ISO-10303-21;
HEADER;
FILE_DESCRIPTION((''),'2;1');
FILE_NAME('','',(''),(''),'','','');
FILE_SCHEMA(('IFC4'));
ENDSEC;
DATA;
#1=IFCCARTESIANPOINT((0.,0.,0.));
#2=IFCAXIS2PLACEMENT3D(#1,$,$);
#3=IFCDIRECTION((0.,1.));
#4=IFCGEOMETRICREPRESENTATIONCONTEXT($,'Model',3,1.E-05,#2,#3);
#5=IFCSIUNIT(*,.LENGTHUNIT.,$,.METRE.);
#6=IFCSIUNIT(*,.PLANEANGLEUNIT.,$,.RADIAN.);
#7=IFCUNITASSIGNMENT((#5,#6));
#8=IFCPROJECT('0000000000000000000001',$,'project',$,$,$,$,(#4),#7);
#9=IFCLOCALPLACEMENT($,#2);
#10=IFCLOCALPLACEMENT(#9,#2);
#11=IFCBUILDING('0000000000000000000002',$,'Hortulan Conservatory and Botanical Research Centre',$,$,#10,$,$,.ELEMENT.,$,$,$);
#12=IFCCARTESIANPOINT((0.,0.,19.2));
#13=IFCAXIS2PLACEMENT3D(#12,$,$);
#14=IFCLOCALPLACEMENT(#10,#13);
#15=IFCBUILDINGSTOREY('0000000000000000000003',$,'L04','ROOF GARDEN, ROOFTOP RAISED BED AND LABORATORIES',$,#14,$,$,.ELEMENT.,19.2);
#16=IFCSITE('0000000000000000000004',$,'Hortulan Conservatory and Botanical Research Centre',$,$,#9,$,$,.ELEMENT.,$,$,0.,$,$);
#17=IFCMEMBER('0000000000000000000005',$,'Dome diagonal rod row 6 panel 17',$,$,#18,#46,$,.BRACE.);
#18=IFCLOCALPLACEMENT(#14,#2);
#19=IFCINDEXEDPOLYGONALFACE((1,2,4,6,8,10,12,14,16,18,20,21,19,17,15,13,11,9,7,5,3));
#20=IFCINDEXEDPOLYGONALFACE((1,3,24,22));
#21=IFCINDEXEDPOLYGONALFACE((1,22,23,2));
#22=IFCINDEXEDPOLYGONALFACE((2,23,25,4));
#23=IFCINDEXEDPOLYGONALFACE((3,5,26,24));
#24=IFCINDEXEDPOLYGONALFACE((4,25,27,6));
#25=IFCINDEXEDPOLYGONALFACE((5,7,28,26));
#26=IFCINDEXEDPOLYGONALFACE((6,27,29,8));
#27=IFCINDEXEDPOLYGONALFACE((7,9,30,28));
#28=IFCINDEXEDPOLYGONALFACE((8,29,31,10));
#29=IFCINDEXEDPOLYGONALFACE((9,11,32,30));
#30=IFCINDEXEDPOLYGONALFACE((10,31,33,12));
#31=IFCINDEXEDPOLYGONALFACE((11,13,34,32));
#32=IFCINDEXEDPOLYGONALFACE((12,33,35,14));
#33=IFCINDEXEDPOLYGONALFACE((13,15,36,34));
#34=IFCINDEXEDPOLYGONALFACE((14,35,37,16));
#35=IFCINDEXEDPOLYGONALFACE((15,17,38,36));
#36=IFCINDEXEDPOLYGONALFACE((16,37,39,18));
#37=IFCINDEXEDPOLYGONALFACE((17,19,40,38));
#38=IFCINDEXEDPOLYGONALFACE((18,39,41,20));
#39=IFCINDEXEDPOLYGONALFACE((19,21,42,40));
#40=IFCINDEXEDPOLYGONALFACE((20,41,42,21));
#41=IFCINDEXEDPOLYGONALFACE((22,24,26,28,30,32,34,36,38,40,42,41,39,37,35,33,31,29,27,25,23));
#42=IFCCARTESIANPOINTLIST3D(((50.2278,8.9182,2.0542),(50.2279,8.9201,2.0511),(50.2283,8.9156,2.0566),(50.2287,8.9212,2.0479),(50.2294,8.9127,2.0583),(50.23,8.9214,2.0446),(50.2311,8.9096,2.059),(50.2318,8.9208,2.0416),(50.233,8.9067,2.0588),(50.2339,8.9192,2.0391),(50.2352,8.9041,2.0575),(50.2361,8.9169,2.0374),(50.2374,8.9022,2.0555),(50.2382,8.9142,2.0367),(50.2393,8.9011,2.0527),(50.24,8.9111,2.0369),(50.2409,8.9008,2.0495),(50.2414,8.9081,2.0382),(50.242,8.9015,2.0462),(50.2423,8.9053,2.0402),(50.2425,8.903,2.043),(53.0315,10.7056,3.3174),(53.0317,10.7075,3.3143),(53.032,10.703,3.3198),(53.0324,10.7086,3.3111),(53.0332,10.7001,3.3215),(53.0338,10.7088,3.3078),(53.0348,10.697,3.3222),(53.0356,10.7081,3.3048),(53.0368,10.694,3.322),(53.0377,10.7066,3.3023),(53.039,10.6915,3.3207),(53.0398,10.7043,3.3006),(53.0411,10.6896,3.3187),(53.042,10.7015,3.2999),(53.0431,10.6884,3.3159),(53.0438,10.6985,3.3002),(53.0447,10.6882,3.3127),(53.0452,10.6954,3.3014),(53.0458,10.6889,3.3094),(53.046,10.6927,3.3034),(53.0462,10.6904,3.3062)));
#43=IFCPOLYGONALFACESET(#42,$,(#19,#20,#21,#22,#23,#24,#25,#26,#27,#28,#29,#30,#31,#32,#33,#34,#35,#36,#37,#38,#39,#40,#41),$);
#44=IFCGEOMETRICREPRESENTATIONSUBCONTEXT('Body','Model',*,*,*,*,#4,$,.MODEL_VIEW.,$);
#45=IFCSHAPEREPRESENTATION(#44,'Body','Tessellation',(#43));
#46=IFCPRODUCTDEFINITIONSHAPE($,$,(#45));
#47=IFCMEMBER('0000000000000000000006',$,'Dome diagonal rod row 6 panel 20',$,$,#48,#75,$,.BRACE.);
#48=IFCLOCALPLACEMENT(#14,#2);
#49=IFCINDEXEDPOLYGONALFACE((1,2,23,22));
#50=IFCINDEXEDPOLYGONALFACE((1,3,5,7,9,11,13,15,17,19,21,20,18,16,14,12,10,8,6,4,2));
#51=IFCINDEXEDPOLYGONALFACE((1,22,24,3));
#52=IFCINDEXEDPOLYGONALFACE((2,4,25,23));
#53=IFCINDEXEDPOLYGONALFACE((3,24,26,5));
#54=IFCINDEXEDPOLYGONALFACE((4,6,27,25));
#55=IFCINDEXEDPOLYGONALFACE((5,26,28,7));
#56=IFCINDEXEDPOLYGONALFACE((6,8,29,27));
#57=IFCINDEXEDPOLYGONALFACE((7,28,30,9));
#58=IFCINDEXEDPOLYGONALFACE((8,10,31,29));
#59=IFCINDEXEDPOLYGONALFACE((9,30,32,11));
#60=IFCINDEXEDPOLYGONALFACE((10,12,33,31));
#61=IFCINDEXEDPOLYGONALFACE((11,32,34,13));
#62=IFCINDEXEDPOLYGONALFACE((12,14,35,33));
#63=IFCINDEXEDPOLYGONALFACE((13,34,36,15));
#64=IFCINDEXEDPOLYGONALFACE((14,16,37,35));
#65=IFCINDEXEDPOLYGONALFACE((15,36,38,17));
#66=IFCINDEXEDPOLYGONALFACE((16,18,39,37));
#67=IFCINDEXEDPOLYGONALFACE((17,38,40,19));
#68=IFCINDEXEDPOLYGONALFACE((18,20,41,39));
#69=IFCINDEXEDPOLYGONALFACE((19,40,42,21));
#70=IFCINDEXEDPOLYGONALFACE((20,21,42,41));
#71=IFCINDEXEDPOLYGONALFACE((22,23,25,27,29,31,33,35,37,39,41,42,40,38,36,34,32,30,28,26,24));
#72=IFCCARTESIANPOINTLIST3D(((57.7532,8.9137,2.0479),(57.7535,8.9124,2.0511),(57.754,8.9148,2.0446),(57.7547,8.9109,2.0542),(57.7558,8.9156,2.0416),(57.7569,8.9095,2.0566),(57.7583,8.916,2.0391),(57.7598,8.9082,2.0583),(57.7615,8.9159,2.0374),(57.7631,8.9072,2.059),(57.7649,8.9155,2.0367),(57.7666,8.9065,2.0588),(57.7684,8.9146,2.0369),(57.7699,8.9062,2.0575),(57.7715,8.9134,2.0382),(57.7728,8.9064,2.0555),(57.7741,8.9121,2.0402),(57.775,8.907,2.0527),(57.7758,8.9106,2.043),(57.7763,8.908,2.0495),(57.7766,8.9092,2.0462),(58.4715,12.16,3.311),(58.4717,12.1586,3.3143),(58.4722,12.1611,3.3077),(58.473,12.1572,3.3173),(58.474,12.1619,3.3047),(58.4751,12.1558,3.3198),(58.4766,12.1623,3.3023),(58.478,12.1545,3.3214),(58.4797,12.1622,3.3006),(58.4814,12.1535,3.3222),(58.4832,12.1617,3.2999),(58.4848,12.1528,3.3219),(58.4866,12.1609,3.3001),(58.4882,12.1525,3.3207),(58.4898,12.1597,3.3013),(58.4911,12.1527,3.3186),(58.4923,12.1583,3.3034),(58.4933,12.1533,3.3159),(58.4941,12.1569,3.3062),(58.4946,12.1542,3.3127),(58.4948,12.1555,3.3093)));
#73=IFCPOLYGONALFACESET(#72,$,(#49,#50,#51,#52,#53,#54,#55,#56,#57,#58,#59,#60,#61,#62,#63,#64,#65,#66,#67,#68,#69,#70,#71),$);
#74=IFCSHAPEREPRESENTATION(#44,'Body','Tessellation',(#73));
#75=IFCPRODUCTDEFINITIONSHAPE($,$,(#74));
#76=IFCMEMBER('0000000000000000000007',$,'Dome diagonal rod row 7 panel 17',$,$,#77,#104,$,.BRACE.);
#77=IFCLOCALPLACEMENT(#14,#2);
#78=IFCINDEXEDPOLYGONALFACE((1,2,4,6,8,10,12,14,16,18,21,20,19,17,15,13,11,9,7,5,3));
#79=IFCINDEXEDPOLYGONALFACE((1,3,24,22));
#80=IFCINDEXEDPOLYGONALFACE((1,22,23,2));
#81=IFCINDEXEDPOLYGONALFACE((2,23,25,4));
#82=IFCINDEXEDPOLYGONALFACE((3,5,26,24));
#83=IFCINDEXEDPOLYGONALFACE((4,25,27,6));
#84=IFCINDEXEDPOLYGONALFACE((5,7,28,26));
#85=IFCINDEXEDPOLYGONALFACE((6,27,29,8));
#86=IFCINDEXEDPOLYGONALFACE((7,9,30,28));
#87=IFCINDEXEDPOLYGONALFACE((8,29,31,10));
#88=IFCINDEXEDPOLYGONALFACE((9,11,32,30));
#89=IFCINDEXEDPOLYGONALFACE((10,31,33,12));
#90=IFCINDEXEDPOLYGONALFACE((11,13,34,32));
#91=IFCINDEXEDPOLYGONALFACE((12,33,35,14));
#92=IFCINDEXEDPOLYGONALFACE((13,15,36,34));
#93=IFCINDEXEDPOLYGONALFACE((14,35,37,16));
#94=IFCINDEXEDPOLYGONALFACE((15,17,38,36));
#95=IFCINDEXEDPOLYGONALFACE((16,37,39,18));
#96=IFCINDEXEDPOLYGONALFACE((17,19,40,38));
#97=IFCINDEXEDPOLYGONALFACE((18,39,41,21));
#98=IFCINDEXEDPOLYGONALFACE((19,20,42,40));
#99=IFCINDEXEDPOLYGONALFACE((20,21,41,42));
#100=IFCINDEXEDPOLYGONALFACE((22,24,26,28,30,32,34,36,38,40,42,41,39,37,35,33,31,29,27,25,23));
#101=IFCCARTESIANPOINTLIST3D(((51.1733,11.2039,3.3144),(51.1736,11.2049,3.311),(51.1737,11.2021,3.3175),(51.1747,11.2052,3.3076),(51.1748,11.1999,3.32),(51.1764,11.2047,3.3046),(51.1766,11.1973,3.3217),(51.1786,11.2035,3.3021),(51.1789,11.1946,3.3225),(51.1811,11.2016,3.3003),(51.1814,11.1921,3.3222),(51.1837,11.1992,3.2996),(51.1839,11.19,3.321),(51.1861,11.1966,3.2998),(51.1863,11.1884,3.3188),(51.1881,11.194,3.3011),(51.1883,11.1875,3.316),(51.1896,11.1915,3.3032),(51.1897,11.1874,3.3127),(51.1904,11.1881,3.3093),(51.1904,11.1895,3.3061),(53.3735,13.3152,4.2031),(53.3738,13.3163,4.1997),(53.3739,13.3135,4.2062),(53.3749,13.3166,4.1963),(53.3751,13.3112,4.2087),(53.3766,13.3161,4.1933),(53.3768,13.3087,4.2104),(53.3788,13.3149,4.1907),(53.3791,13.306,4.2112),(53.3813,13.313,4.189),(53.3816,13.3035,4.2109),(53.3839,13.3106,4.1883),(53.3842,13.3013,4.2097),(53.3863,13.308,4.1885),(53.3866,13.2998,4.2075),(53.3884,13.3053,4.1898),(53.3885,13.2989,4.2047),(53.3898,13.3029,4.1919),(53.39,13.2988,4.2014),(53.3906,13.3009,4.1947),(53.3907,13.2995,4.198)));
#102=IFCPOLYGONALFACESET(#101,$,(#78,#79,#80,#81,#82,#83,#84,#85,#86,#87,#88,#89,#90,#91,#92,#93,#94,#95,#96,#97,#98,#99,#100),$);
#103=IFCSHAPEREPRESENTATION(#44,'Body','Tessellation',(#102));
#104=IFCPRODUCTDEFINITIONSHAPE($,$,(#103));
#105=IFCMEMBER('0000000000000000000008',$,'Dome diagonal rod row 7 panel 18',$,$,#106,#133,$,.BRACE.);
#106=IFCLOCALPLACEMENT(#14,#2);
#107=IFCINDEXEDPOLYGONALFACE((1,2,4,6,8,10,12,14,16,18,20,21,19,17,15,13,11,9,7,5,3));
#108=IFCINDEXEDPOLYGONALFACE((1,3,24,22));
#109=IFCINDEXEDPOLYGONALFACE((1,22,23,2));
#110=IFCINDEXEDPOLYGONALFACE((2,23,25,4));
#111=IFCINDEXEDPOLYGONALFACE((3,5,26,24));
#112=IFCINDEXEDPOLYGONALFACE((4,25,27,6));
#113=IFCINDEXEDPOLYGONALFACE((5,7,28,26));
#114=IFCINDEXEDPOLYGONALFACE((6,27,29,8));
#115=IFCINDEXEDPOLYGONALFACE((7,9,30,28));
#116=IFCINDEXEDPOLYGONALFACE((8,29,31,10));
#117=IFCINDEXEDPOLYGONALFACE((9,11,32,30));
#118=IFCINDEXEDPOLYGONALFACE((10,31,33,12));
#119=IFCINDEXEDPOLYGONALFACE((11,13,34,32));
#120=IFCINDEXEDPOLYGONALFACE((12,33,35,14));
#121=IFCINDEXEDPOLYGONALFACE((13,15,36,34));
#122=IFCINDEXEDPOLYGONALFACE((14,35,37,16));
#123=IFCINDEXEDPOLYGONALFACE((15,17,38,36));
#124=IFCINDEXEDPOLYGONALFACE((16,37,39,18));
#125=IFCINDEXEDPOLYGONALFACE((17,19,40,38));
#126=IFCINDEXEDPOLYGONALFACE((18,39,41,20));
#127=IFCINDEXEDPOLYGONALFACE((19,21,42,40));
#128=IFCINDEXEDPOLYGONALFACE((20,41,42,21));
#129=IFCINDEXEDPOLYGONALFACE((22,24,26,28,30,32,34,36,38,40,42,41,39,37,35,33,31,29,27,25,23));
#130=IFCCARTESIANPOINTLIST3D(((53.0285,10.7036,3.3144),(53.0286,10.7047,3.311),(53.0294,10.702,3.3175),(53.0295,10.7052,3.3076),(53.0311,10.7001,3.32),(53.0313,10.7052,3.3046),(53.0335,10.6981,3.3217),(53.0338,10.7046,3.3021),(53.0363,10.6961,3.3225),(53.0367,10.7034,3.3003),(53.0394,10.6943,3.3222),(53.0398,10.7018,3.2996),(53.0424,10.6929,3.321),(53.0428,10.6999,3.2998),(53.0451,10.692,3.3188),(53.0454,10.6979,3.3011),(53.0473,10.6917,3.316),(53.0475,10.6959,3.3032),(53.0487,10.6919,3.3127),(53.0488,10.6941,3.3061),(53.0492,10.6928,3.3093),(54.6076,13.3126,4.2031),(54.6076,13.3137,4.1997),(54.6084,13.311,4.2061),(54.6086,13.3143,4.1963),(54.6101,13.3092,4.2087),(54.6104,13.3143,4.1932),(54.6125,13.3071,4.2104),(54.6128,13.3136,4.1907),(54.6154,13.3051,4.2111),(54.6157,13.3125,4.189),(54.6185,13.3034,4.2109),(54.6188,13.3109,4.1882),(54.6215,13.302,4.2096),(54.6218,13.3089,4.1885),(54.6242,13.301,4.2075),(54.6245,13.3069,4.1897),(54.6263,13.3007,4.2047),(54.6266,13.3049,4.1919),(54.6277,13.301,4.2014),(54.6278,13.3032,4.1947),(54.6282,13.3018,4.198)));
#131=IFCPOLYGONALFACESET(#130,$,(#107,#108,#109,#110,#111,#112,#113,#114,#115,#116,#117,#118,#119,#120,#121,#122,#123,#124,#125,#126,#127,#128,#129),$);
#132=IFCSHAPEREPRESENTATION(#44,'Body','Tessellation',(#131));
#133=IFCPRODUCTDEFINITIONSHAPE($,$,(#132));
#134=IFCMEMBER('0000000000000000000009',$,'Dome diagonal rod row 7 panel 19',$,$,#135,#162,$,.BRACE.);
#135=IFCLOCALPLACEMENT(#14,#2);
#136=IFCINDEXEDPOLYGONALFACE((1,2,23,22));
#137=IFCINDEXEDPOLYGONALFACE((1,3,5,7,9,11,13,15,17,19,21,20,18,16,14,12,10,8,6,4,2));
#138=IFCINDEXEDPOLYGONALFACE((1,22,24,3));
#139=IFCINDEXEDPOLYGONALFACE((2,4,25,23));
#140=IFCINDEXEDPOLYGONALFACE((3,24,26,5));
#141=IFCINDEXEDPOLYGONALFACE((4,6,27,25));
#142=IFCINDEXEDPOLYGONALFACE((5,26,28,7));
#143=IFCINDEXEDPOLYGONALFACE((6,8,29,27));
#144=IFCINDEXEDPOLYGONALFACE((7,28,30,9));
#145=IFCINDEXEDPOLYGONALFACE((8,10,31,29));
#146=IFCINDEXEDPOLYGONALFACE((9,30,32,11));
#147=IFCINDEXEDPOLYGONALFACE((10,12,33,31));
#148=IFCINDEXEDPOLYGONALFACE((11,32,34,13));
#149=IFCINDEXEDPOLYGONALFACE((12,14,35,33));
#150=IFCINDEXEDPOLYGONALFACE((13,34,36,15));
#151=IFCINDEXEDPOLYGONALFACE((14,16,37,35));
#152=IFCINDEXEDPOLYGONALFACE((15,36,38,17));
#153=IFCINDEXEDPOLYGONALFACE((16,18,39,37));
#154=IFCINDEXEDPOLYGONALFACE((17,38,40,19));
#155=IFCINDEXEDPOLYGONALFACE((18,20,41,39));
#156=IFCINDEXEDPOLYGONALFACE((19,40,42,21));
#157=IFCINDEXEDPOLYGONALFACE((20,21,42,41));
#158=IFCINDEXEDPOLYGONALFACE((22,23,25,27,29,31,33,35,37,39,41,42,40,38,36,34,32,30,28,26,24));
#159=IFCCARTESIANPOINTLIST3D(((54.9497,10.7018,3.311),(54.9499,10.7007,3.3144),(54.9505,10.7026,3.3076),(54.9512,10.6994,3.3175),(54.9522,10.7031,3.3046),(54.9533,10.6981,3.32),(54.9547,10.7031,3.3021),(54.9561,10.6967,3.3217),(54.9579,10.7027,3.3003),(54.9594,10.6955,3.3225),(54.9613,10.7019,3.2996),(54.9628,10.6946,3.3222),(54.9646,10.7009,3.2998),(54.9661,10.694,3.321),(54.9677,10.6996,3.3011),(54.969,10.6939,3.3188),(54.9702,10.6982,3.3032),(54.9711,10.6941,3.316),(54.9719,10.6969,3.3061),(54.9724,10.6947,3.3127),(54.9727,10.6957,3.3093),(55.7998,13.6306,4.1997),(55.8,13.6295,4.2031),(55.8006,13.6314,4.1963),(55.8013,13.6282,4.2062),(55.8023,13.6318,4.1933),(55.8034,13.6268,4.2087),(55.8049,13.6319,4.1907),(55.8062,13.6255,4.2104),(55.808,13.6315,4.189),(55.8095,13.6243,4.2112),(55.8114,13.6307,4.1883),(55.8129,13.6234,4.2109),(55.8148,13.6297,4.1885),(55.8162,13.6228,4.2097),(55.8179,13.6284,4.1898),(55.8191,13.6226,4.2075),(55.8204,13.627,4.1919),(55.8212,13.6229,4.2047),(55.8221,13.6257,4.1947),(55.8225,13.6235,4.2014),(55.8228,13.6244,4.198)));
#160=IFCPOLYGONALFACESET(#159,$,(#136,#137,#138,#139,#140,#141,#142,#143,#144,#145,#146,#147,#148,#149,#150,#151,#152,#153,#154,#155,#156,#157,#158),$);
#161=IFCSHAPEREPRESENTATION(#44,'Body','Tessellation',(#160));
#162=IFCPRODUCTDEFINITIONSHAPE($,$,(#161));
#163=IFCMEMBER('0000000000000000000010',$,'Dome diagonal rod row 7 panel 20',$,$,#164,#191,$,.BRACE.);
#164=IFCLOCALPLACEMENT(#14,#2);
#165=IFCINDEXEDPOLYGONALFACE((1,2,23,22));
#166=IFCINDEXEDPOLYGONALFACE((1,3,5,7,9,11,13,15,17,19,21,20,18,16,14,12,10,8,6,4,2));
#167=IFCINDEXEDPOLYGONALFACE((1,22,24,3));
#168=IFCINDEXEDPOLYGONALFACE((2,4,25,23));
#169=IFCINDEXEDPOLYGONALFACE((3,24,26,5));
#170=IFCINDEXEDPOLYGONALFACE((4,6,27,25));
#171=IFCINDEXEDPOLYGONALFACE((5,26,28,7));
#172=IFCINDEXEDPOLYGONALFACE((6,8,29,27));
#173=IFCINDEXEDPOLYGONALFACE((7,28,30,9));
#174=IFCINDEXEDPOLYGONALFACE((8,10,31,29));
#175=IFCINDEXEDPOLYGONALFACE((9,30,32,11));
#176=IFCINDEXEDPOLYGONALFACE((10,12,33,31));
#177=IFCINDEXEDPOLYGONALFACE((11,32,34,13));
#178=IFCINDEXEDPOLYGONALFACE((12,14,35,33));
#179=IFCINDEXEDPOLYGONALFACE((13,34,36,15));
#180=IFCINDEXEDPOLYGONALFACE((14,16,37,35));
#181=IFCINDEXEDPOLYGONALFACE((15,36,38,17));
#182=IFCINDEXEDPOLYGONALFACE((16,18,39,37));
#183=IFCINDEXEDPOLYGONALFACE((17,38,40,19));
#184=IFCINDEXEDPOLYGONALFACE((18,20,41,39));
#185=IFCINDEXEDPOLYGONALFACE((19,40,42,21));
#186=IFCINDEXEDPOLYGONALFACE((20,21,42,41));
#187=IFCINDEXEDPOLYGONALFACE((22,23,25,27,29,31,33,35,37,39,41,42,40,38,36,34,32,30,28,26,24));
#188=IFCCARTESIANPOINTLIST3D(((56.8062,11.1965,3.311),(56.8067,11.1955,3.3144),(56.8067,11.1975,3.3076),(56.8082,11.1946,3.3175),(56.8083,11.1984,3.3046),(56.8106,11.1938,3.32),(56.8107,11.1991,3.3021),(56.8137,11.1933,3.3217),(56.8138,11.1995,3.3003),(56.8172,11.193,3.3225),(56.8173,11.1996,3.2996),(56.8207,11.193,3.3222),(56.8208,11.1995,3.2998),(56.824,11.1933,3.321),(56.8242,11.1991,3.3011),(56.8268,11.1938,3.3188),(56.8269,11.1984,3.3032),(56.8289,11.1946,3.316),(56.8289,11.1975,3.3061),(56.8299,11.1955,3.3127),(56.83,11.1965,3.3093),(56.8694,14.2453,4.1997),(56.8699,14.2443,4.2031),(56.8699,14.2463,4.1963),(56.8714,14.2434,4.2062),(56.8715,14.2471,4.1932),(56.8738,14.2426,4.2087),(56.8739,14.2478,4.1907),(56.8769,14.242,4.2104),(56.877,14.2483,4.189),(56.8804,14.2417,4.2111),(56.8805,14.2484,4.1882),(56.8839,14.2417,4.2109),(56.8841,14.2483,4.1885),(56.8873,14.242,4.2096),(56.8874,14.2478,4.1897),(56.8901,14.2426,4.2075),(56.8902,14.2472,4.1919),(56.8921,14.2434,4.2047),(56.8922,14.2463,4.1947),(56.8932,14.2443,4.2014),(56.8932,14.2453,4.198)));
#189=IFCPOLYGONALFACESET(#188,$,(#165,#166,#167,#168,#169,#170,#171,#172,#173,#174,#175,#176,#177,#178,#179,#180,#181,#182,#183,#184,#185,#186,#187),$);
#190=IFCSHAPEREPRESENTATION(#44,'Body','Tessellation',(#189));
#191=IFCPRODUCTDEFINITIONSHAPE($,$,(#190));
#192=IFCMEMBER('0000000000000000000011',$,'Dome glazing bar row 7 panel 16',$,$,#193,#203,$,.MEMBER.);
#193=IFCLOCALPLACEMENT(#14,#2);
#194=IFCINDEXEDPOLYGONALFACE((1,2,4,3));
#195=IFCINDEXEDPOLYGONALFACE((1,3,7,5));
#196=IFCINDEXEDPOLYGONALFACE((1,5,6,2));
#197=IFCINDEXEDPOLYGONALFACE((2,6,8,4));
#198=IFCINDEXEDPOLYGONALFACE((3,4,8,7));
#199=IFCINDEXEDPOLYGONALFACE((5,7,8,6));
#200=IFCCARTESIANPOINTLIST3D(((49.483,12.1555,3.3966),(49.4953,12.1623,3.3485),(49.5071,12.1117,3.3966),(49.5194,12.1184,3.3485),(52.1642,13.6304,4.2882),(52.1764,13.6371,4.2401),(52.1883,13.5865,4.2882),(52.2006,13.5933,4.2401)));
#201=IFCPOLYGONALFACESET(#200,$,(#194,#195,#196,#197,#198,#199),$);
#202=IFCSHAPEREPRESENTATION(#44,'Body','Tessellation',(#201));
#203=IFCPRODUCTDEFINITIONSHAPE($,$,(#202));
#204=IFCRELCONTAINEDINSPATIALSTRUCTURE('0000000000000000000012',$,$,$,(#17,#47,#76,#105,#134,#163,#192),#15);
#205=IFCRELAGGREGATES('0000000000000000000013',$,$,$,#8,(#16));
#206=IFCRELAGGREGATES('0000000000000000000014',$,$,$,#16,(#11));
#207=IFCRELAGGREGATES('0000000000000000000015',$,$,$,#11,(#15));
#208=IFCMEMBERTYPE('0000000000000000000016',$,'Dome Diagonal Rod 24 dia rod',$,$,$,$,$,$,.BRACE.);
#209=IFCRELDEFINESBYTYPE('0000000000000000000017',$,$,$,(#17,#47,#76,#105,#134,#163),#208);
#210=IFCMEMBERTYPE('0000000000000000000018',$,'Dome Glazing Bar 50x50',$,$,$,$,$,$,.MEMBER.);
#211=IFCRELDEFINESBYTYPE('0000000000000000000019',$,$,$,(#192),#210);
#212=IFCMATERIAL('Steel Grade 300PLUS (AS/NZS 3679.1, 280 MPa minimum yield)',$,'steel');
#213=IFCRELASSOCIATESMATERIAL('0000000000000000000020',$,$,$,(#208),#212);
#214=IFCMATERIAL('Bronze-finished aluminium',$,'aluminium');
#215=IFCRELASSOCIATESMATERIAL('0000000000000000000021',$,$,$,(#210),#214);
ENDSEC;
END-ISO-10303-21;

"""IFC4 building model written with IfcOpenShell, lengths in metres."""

from ifc_helpers import new_model, si_unit, direction, frame, origin, origin_2d, place, context, subcontext, project, spatial, rectangle, circle, extrude, material, material_profile, profile_set, type_object, element, save


model = new_model("IFC4")

# Units and contexts
model_context = context("Model", 3, precision=1e-05, world=origin(), true_north=direction((0.0, 1.0)))
body_context = subcontext(model_context, "Body", "Model", "MODEL_VIEW")
ifc_project = project(units=[si_unit("LENGTHUNIT", "METRE"), si_unit("PLANEANGLEUNIT", "RADIAN")], contexts=[model_context])

# Site, building, storey
site_placement = place(None, origin())
site = spatial("IfcSite", under=ifc_project, at=site_placement, Name="Hortulan Conservatory and Botanical Research Centre", CompositionType="ELEMENT", RefElevation=0.0)
building_placement = place(site_placement, origin())
building = spatial("IfcBuilding", under=site, at=building_placement, Name="Hortulan Conservatory and Botanical Research Centre", CompositionType="ELEMENT")
storey_placement = place(building_placement, frame((0.0, 0.0, 19.2)))
storey = spatial("IfcBuildingStorey", under=building, at=storey_placement, Name="L04", Description="ROOF GARDEN, ROOFTOP RAISED BED AND LABORATORIES", CompositionType="ELEMENT", Elevation=19.2)

# Members
ifc_material_1 = material(Name="Steel Grade 300PLUS (AS/NZS 3679.1, 280 MPa minimum yield)", Category="steel")
ifc_material_profile_1 = material_profile(ifc_material_1, circle(Radius=0.012, at=origin_2d()), Name="24 dia rod")
ifc_profile_set_1 = profile_set([ifc_material_profile_1], Name="Steel Grade 300PLUS (AS/NZS 3679.1, 280 MPa minimum yield)")
member_type_1 = type_object("IfcMemberType", Name="Dome Diagonal Rod 24 dia rod", PredefinedType="BRACE", material=ifc_profile_set_1)
member_1_placement = place(storey_placement, frame((50.2351, 8.9111, 2.0479), z_axis=(0.788261, 0.502513, 0.355143), x_axis=(-0.537555, 0.843229, 0.0)))
element("IfcMember", 1, at=member_1_placement, inside=storey, type_object=member_type_1, Name="Dome diagonal rod row 6 panel 17", PredefinedType="BRACE", context=body_context, shape_type="SweptSolid", body=[
    extrude(circle(Radius=0.012, at=origin_2d()), origin(), (0.0, 0.0, 1.0), 3.5569),
])
member_2_placement = place(storey_placement, frame((57.7649, 8.9111, 2.0479), z_axis=(0.201945, 0.912734, 0.355154), x_axis=(-0.976387, 0.216028, 0.0)))
element("IfcMember", 2, at=member_2_placement, inside=storey, type_object=member_type_1, Name="Dome diagonal rod row 6 panel 20", PredefinedType="BRACE", context=body_context, shape_type="SweptSolid", body=[
    extrude(circle(Radius=0.012, at=origin_2d()), origin(), (0.0, 0.0, 1.0), 3.5566),
])
member_3_placement = place(storey_placement, frame((51.1819, 11.1963, 3.311), z_axis=(0.692711, 0.664732, 0.27979), x_axis=(-0.692385, 0.721528, 0.0)))
element("IfcMember", 3, at=member_3_placement, inside=storey, type_object=member_type_1, Name="Dome diagonal rod row 7 panel 17", PredefinedType="BRACE", context=body_context, shape_type="SweptSolid", body=[
    extrude(circle(Radius=0.012, at=origin_2d()), origin(), (0.0, 0.0, 1.0), 3.1763),
])
for number, where, z_axis, x_axis, name in (
    (4, (53.0388, 10.6985, 3.311), (0.497102, 0.821357, 0.279755), (-0.855516, 0.517776, 0.0), "Dome diagonal rod row 7 panel 18"),
    (5, (54.9612, 10.6985, 3.311), (0.267626, 0.922011, 0.27977), (-0.960361, 0.278758, 0.0), "Dome diagonal rod row 7 panel 19"),
):
    element("IfcMember", number, at=place(storey_placement, frame(where, z_axis=z_axis, x_axis=x_axis)), inside=storey, type_object=member_type_1, Name=name, PredefinedType="BRACE", context=body_context, shape_type="SweptSolid", body=[
        extrude(circle(Radius=0.012, at=origin_2d()), origin(), (0.0, 0.0, 1.0), 3.1765),
    ])
member_4_placement = place(storey_placement, frame((56.8181, 11.1963, 3.311), z_axis=(0.019907, 0.959858, 0.279779), x_axis=(-0.999785, 0.020735, 0.0)))
element("IfcMember", 6, at=member_4_placement, inside=storey, type_object=member_type_1, Name="Dome diagonal rod row 7 panel 20", PredefinedType="BRACE", context=body_context, shape_type="SweptSolid", body=[
    extrude(circle(Radius=0.012, at=origin_2d()), origin(), (0.0, 0.0, 1.0), 3.1763),
])
ifc_material_2 = material(Name="Bronze-finished aluminium", Category="aluminium")
ifc_material_profile_2 = material_profile(ifc_material_2, rectangle(XDim=0.05, YDim=0.05, at=origin_2d()), Name="Square bar 50x50")
ifc_profile_set_2 = profile_set([ifc_material_profile_2], Name="Bronze-finished aluminium")
member_type_2 = type_object("IfcMemberType", Name="Dome Glazing Bar 50x50", PredefinedType="MEMBER", material=ifc_profile_set_2)
for number, where, z_axis, x_axis, name in (
    (7, (49.5012, 12.137, 3.3726), (0.841205, 0.462732, 0.279738), (-0.481974, 0.876186, 0.0), "Dome glazing bar row 7 panel 16"),
):
    element("IfcMember", number, at=place(storey_placement, frame(where, z_axis=z_axis, x_axis=x_axis)), inside=storey, type_object=member_type_2, Name=name, PredefinedType="MEMBER", context=body_context, shape_type="SweptSolid", body=[
        extrude(rectangle(XDim=0.05, YDim=0.05, at=origin_2d()), origin(), (0.0, 0.0, 1.0), 3.1873),
    ])

save(model, "model.ifc")
